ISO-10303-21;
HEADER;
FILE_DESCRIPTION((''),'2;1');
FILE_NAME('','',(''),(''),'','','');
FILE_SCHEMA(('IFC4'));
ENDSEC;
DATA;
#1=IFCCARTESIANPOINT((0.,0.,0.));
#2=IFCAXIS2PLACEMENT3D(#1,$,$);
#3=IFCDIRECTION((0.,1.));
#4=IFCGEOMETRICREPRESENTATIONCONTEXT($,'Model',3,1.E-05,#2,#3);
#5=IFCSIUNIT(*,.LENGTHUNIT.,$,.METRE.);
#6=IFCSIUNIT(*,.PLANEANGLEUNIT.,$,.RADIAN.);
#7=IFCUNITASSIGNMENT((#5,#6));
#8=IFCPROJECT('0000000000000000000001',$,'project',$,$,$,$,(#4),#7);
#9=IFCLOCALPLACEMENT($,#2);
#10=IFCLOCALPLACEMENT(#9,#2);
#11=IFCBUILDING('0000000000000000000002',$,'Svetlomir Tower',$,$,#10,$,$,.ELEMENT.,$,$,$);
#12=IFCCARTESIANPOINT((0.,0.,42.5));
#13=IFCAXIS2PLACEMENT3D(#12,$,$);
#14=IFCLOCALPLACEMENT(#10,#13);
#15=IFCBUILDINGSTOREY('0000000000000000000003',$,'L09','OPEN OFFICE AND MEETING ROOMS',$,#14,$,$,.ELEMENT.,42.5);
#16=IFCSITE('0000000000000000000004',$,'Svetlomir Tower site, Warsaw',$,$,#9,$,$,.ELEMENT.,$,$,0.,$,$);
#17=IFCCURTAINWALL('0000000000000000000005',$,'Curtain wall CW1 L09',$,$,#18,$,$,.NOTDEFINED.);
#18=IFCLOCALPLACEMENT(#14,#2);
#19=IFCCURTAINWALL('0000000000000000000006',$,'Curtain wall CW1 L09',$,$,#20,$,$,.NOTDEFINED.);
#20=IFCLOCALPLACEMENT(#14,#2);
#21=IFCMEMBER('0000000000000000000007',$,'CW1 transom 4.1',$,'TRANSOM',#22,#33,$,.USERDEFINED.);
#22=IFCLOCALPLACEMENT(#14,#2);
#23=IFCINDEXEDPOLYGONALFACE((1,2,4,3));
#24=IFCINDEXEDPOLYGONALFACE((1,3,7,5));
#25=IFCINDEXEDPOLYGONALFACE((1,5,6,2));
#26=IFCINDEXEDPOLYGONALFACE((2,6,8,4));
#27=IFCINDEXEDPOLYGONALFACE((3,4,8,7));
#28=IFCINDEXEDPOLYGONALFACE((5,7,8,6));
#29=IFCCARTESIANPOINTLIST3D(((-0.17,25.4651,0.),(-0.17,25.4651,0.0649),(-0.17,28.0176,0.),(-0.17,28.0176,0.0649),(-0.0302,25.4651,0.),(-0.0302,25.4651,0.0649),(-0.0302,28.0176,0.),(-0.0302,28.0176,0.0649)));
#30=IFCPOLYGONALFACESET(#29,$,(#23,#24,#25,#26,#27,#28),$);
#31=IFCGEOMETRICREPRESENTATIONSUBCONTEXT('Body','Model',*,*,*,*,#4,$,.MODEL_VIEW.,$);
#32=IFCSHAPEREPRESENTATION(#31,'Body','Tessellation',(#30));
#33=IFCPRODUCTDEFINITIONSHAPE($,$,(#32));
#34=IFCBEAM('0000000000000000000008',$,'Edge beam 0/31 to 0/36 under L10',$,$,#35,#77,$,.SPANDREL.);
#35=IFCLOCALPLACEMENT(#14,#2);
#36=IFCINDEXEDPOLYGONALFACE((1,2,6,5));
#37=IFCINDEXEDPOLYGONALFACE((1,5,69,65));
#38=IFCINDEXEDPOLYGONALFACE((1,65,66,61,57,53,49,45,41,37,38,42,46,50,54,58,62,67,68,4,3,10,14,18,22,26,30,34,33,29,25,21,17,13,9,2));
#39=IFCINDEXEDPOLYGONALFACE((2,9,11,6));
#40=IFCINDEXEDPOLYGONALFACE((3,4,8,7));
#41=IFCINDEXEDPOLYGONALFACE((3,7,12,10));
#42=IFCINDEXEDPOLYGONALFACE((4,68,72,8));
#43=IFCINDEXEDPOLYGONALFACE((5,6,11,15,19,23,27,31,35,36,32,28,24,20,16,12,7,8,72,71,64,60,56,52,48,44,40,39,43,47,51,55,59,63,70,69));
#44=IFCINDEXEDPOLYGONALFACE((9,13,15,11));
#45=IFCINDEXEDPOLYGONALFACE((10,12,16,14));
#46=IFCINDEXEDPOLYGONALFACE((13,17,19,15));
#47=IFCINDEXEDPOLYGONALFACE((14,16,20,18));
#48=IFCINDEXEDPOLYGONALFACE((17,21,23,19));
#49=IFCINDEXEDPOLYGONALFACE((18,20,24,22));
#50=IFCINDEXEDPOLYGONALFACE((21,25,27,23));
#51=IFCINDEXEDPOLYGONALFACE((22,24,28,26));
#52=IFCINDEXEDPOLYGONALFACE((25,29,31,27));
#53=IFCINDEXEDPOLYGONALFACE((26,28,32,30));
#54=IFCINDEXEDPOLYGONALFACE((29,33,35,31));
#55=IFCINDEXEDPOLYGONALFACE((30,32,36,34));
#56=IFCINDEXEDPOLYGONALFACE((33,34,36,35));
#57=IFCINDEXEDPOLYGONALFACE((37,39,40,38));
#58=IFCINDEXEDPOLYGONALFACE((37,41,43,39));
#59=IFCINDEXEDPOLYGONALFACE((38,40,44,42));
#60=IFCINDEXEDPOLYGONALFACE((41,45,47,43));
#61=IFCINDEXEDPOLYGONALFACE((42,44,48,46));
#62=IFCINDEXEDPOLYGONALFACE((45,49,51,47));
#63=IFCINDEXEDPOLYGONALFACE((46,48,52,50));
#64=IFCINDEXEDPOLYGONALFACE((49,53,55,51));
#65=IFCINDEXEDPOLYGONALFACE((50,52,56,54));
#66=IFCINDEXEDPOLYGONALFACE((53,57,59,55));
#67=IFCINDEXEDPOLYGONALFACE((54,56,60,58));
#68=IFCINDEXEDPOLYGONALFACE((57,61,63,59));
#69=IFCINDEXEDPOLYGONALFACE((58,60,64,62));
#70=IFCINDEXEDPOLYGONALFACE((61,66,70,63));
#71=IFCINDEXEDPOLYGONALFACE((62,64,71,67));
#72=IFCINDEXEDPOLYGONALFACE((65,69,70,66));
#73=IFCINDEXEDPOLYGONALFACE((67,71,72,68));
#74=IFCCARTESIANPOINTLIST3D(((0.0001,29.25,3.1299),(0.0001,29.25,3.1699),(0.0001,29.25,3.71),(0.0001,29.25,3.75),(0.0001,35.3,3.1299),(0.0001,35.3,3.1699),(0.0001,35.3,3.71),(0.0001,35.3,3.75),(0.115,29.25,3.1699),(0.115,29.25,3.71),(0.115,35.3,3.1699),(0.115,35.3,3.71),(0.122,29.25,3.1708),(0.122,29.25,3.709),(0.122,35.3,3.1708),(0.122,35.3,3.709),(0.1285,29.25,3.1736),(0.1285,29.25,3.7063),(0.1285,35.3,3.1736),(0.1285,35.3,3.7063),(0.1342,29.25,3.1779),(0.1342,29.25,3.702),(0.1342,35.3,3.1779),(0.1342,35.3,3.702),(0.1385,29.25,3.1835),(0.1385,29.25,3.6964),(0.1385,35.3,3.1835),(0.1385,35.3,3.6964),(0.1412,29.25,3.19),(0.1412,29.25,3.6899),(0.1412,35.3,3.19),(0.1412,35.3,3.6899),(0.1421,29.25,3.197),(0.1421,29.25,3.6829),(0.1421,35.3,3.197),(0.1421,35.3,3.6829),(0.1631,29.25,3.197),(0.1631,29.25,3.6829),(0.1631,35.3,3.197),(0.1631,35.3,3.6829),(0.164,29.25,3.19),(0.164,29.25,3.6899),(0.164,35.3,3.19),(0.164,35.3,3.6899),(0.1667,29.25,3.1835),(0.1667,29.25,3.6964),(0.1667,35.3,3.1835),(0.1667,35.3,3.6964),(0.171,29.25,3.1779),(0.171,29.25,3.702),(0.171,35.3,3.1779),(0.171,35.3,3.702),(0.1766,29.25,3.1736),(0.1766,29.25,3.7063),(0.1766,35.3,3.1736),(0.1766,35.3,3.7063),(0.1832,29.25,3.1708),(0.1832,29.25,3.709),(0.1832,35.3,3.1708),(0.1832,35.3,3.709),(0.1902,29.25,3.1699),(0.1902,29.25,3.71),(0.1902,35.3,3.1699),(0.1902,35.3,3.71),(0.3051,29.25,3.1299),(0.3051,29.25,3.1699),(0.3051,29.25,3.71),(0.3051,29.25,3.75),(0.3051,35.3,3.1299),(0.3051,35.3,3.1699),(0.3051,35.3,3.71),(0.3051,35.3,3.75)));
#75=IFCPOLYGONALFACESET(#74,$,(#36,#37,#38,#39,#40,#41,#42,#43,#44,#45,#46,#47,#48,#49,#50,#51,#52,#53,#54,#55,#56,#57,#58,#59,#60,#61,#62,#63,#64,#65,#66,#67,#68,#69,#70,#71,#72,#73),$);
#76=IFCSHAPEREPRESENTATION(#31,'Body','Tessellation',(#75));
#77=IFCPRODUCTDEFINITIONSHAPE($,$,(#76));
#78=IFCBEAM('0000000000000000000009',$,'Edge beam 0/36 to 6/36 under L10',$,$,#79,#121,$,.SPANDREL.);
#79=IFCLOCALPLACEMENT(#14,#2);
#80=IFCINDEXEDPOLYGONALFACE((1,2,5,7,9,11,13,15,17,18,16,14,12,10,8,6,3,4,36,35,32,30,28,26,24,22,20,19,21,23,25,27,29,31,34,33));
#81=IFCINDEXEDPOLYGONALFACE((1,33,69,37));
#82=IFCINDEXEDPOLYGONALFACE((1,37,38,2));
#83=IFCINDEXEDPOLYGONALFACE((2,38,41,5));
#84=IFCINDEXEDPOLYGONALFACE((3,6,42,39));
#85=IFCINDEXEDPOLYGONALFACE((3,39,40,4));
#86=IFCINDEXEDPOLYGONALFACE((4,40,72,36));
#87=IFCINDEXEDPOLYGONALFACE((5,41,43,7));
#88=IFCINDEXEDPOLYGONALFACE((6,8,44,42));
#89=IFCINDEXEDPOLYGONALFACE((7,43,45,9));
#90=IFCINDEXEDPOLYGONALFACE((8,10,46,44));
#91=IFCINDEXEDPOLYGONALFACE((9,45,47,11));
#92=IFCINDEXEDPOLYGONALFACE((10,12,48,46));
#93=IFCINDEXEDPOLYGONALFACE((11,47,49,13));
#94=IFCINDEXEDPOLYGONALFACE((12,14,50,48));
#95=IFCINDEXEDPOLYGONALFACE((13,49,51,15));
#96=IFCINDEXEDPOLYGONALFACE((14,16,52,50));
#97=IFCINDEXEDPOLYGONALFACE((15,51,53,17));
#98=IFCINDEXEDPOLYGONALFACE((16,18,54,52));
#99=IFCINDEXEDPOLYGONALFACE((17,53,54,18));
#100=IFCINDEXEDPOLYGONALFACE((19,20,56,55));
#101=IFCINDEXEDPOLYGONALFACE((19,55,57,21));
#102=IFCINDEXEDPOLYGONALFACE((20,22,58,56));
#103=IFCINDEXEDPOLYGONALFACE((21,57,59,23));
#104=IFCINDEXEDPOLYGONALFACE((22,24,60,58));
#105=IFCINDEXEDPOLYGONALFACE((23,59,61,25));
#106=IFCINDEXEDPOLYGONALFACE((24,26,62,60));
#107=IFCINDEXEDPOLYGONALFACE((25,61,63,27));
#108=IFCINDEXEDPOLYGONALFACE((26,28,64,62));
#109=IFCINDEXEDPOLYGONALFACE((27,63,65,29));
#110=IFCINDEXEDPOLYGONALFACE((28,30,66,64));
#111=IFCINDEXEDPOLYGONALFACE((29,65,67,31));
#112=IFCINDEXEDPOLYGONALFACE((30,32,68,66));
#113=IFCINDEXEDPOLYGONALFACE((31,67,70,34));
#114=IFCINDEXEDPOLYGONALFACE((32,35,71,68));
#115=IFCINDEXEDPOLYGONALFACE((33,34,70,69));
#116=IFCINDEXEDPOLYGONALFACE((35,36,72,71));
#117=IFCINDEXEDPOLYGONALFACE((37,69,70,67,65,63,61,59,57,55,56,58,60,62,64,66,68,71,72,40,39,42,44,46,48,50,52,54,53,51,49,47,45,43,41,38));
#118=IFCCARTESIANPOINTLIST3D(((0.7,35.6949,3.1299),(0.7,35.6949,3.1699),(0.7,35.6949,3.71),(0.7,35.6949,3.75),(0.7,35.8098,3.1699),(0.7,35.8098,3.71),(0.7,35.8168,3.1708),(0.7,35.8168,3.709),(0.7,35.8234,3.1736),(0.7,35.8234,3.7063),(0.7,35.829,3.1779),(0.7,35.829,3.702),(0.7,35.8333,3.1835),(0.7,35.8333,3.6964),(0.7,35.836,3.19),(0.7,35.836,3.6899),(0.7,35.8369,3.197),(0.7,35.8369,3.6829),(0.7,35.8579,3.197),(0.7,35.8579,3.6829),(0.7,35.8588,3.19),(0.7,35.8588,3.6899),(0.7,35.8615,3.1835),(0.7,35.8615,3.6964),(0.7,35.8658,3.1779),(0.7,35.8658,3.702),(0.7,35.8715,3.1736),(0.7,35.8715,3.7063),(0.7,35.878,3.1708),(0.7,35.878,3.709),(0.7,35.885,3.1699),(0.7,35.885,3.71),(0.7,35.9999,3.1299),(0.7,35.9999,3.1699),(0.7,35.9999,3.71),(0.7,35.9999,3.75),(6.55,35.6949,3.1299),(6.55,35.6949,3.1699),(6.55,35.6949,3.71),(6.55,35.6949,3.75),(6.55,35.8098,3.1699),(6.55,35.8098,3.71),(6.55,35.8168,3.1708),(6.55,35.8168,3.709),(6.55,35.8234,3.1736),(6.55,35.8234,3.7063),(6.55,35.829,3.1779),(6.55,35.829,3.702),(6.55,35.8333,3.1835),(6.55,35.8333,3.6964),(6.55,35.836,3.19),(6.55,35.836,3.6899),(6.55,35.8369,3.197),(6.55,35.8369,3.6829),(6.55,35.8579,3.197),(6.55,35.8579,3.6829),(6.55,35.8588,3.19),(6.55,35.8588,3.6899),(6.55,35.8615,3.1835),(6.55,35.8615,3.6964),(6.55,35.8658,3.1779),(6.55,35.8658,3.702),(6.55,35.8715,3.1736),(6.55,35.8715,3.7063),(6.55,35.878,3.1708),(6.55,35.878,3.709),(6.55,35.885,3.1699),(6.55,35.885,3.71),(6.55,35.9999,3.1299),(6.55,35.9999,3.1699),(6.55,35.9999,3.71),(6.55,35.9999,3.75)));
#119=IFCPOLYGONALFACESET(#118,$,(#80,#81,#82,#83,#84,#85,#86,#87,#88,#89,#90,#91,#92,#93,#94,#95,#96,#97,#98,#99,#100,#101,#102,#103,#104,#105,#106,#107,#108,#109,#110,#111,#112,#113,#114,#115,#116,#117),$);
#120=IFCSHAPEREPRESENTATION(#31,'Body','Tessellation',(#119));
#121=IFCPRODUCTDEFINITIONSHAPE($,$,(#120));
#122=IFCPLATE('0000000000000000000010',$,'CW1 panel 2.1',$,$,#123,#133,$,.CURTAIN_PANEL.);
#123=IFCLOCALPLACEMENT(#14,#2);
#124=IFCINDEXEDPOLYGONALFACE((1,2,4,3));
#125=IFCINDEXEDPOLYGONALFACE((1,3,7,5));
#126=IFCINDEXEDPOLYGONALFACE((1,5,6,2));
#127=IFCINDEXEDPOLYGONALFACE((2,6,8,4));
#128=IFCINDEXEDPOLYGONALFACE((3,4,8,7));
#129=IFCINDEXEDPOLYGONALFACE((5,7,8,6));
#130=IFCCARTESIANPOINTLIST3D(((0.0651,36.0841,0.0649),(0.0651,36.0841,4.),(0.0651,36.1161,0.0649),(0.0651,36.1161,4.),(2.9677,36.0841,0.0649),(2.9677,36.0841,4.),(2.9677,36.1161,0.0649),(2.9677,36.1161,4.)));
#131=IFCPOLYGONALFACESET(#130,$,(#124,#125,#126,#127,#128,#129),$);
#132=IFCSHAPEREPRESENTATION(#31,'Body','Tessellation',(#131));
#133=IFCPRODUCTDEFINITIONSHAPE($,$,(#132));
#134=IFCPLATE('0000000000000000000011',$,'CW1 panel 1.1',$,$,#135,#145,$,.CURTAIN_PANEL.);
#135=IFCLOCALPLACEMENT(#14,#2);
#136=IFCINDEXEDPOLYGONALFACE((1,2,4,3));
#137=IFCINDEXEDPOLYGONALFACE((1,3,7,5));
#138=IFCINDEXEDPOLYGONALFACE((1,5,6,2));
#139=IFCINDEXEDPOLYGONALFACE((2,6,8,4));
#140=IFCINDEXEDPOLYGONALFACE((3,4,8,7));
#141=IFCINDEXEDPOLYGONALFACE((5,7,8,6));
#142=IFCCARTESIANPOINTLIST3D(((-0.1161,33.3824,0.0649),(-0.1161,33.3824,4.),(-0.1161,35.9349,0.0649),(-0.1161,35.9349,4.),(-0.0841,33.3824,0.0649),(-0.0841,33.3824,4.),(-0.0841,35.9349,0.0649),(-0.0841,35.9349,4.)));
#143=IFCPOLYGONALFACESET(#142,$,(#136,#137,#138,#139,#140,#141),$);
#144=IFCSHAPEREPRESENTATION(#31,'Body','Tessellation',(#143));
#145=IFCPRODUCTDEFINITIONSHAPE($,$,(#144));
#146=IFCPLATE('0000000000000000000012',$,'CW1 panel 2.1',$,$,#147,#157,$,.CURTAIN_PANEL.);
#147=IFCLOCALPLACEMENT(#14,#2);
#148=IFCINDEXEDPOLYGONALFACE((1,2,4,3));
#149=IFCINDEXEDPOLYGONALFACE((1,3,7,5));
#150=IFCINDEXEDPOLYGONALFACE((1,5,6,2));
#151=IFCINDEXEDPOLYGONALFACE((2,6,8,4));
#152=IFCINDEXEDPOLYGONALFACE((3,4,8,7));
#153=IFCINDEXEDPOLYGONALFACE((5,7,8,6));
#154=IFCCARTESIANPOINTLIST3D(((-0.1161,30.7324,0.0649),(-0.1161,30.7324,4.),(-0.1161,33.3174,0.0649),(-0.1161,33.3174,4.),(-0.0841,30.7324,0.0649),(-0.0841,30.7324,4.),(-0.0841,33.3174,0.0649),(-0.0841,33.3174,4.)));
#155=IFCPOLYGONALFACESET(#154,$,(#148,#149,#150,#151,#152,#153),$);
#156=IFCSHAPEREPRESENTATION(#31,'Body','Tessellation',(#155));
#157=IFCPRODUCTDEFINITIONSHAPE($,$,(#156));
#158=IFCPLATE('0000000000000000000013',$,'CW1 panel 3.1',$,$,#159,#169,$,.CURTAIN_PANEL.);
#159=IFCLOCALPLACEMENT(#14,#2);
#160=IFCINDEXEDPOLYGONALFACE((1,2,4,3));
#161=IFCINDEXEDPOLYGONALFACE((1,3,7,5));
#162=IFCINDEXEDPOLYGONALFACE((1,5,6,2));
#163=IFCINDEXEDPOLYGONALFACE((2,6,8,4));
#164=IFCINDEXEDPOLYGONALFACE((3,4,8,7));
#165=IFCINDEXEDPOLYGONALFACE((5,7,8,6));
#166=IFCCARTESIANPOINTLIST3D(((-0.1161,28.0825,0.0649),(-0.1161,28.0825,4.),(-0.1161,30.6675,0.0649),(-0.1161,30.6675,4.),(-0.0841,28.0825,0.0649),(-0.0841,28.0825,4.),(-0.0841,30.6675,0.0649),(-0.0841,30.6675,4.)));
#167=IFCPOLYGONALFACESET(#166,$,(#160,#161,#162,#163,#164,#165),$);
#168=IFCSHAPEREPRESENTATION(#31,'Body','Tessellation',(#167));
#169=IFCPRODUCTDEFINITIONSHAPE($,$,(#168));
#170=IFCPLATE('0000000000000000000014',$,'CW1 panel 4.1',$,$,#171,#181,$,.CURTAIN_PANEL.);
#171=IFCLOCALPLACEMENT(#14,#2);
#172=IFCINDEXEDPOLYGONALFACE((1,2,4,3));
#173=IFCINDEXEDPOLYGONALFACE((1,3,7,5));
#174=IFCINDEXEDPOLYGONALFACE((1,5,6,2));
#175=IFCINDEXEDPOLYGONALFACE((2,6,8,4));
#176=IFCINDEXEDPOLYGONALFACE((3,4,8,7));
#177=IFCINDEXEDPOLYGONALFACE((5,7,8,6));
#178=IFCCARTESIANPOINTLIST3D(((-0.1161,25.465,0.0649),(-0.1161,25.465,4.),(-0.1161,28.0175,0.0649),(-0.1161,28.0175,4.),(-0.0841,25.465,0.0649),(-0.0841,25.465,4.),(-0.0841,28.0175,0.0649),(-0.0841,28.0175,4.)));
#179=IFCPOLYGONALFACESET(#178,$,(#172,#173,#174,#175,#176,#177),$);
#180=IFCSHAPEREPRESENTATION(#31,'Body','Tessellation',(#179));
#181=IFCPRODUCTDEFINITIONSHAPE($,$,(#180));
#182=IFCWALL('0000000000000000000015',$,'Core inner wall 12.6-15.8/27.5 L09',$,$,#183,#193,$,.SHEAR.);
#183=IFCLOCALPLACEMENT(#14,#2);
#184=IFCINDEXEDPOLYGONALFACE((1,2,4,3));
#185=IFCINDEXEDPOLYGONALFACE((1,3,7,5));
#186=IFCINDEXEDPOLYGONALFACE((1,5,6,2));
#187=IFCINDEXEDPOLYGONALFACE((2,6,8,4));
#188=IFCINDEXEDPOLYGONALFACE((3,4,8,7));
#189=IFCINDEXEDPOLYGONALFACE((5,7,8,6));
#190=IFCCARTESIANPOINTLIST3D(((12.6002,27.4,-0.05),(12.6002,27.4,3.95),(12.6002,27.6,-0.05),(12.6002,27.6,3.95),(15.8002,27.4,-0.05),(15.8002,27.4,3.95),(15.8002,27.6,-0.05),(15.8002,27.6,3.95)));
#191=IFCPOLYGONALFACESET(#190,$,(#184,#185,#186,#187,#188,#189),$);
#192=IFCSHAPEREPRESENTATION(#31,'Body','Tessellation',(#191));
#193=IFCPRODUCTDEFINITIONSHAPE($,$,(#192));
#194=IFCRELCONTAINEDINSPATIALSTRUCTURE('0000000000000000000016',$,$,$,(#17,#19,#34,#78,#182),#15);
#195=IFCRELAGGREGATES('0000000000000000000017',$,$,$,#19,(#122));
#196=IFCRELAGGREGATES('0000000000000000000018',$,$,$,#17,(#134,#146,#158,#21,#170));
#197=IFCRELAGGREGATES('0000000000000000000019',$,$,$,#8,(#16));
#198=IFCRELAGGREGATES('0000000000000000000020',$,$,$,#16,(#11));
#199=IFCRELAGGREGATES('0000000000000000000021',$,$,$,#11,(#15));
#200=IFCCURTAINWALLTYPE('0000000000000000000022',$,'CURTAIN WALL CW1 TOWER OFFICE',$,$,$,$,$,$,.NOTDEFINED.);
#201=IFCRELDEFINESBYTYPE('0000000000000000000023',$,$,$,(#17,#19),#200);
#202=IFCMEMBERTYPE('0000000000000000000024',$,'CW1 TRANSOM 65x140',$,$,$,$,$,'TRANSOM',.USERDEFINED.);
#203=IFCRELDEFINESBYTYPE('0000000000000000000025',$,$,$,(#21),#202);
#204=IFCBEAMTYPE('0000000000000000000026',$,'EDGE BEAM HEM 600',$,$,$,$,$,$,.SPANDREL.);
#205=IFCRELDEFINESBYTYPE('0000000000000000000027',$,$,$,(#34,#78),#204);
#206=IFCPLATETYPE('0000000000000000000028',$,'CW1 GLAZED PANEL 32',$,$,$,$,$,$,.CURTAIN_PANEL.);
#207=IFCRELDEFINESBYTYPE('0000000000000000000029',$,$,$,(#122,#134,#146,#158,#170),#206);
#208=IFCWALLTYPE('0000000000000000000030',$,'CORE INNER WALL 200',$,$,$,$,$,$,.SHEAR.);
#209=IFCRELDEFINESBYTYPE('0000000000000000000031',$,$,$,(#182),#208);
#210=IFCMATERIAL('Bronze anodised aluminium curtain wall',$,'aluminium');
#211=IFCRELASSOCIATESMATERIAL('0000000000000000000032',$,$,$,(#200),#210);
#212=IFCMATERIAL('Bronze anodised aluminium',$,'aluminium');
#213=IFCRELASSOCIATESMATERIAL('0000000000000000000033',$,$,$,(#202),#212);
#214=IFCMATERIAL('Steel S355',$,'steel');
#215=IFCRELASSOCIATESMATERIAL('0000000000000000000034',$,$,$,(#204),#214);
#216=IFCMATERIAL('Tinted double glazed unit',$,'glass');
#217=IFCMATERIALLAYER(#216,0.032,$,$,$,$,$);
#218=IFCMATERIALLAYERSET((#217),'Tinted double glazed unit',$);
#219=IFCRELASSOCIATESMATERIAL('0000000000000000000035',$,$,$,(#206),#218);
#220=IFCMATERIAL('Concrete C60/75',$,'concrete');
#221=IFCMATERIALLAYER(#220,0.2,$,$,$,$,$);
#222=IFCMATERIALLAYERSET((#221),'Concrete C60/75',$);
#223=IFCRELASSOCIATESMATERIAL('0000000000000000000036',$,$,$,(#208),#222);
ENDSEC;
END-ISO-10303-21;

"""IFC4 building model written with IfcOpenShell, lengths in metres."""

from ifc_helpers import new_model, si_unit, direction, frame, frame_2d, origin, origin_2d, place, context, subcontext, project, spatial, rectangle, i_section, extrude, material, layer, layer_set, material_profile, profile_set, type_object, element, aggregate, save


model = new_model("IFC4")

# Units and contexts
model_context = context("Model", 3, precision=1e-05, world=origin(), true_north=direction((0.0, 1.0)))
body_context = subcontext(model_context, "Body", "Model", "MODEL_VIEW")
ifc_project = project(units=[si_unit("LENGTHUNIT", "METRE"), si_unit("PLANEANGLEUNIT", "RADIAN")], contexts=[model_context])

# Site, building, storey
site_placement = place(None, origin())
site = spatial("IfcSite", under=ifc_project, at=site_placement, Name="Svetlomir Tower site, Warsaw", CompositionType="ELEMENT", RefElevation=0.0)
building_placement = place(site_placement, origin())
building = spatial("IfcBuilding", under=site, at=building_placement, Name="Svetlomir Tower", CompositionType="ELEMENT")
storey_placement = place(building_placement, frame((0.0, 0.0, 42.5)))
storey = spatial("IfcBuildingStorey", under=building, at=storey_placement, Name="L09", Description="OPEN OFFICE AND MEETING ROOMS", CompositionType="ELEMENT", Elevation=42.5)

# Curtain walls
ifc_material_1 = material(Name="Bronze anodised aluminium curtain wall", Category="aluminium")
curtain_wall_type = type_object("IfcCurtainWallType", Name="CURTAIN WALL CW1 TOWER OFFICE", PredefinedType="NOTDEFINED", material=ifc_material_1)
curtain_wall_1_placement = place(storey_placement, origin())
curtain_wall_1 = element("IfcCurtainWall", 1, at=curtain_wall_1_placement, inside=storey, type_object=curtain_wall_type, Name="Curtain wall CW1 L09", PredefinedType="NOTDEFINED")
curtain_wall_2_placement = place(storey_placement, origin())
curtain_wall_2 = element("IfcCurtainWall", 2, at=curtain_wall_2_placement, inside=storey, type_object=curtain_wall_type, Name="Curtain wall CW1 L09", PredefinedType="NOTDEFINED")

# Member
ifc_material_2 = material(Name="Bronze anodised aluminium", Category="aluminium")
ifc_material_profile_1 = material_profile(ifc_material_2, rectangle(XDim=0.1399, YDim=0.0649, at=origin_2d()), Name="AL 140x65")
ifc_profile_set_1 = profile_set([ifc_material_profile_1], Name="Bronze anodised aluminium 6063-T6")
member_type_1 = type_object("IfcMemberType", Name="CW1 TRANSOM 65x140", ElementType="TRANSOM", PredefinedType="USERDEFINED", material=ifc_profile_set_1)
member_1_placement = place(storey_placement, frame((-0.1001, 28.0176, 0.0325), z_axis=(0.0, -1.0, 0.0), x_axis=(1.0, 0.0, 0.0)))
member_1 = element("IfcMember", 3, at=member_1_placement, type_object=member_type_1, Name="CW1 transom 4.1", ObjectType="TRANSOM", PredefinedType="USERDEFINED", context=body_context, shape_type="SweptSolid", body=[
    extrude(rectangle(XDim=0.1399, YDim=0.0649, at=origin_2d()), origin(), (0.0, 0.0, 1.0), 2.5525),
])

# Beams
ifc_material_3 = material(Name="Steel S355", Category="steel")
ifc_material_profile_2 = material_profile(ifc_material_3, i_section(OverallWidth=0.3049, OverallDepth=0.6201, WebThickness=0.021, FlangeThickness=0.04, FilletRadius=0.0271, at=origin_2d()), Name="HEM 600")
ifc_profile_set_2 = profile_set([ifc_material_profile_2], Name="Steel S355")
beam_type = type_object("IfcBeamType", Name="EDGE BEAM HEM 600", PredefinedType="SPANDREL", material=ifc_profile_set_2)
beam_1_placement = place(storey_placement, frame((0.1526, 29.25, 3.4399), z_axis=(0.0, 1.0, 0.0), x_axis=(-1.0, 0.0, 0.0)))
element("IfcBeam", 4, at=beam_1_placement, inside=storey, type_object=beam_type, Name="Edge beam 0/31 to 0/36 under L10", PredefinedType="SPANDREL", context=body_context, shape_type="SweptSolid", body=[
    extrude(i_section(OverallWidth=0.3049, OverallDepth=0.6201, WebThickness=0.021, FlangeThickness=0.04, FilletRadius=0.0271, at=origin_2d()), origin(), (0.0, 0.0, 1.0), 6.05),
])
beam_2_placement = place(storey_placement, frame((0.7, 35.8474, 3.4399), z_axis=(1.0, 0.0, 0.0), x_axis=(0.0, 1.0, 0.0)))
element("IfcBeam", 5, at=beam_2_placement, inside=storey, type_object=beam_type, Name="Edge beam 0/36 to 6/36 under L10", PredefinedType="SPANDREL", context=body_context, shape_type="SweptSolid", body=[
    extrude(i_section(OverallWidth=0.3049, OverallDepth=0.6201, WebThickness=0.021, FlangeThickness=0.04, FilletRadius=0.0271, at=origin_2d()), origin(), (0.0, 0.0, 1.0), 5.8501),
])

# Plates
ifc_material_4 = material(Name="Tinted double glazed unit", Category="glass")
ifc_layer_1 = layer(ifc_material_4, 0.032)
ifc_layer_set_1 = layer_set([ifc_layer_1], Name="Tinted double glazed unit")
plate_type = type_object("IfcPlateType", Name="CW1 GLAZED PANEL 32", PredefinedType="CURTAIN_PANEL", material=ifc_layer_set_1)
plate_1_placement = place(storey_placement, frame((1.5164, 36.1001, 0.0649), z_axis=(0.0, 0.0, 1.0), x_axis=(-1.0, 0.0, 0.0)))
plate_1 = element("IfcPlate", 6, at=plate_1_placement, type_object=plate_type, Name="CW1 panel 2.1", PredefinedType="CURTAIN_PANEL", context=body_context, shape_type="SweptSolid", body=[
    extrude(rectangle(XDim=2.9026, YDim=0.032, at=origin_2d()), origin(), (0.0, 0.0, 1.0), 3.9351),
])
aggregate(curtain_wall_2, [plate_1])
plate_2_placement = place(storey_placement, frame((-0.1001, 34.6587, 0.0649), z_axis=(0.0, 0.0, 1.0), x_axis=(0.0, -1.0, 0.0)))
plate_2 = element("IfcPlate", 7, at=plate_2_placement, type_object=plate_type, Name="CW1 panel 1.1", PredefinedType="CURTAIN_PANEL", context=body_context, shape_type="SweptSolid", body=[
    extrude(rectangle(XDim=2.5525, YDim=0.032, at=origin_2d()), origin(), (0.0, 0.0, 1.0), 3.9351),
])
plate_3_placement = place(storey_placement, frame((-0.1001, 32.0249, 0.0649), z_axis=(0.0, 0.0, 1.0), x_axis=(0.0, -1.0, 0.0)))
plate_3 = element("IfcPlate", 8, at=plate_3_placement, type_object=plate_type, Name="CW1 panel 2.1", PredefinedType="CURTAIN_PANEL", context=body_context, shape_type="SweptSolid", body=[
    extrude(rectangle(XDim=2.585, YDim=0.032, at=origin_2d()), origin(), (0.0, 0.0, 1.0), 3.9351),
])
plate_4_placement = place(storey_placement, frame((-0.1001, 29.375, 0.0649), z_axis=(0.0, 0.0, 1.0), x_axis=(0.0, -1.0, 0.0)))
plate_4 = element("IfcPlate", 9, at=plate_4_placement, type_object=plate_type, Name="CW1 panel 3.1", PredefinedType="CURTAIN_PANEL", context=body_context, shape_type="SweptSolid", body=[
    extrude(rectangle(XDim=2.585, YDim=0.032, at=origin_2d()), origin(), (0.0, 0.0, 1.0), 3.9351),
])
plate_5_placement = place(storey_placement, frame((-0.1001, 26.7412, 0.0649), z_axis=(0.0, 0.0, 1.0), x_axis=(0.0, -1.0, 0.0)))
plate_5 = element("IfcPlate", 10, at=plate_5_placement, type_object=plate_type, Name="CW1 panel 4.1", PredefinedType="CURTAIN_PANEL", context=body_context, shape_type="SweptSolid", body=[
    extrude(rectangle(XDim=2.5525, YDim=0.032, at=origin_2d()), origin(), (0.0, 0.0, 1.0), 3.9351),
])
aggregate(curtain_wall_1, [plate_2, plate_3, plate_4, member_1, plate_5])

# Wall
ifc_material_5 = material(Name="Concrete C60/75", Category="concrete")
ifc_layer_2 = layer(ifc_material_5, 0.2)
ifc_layer_set_2 = layer_set([ifc_layer_2], Name="Concrete C60/75")
wall_type_1 = type_object("IfcWallType", Name="CORE INNER WALL 200", PredefinedType="SHEAR", material=ifc_layer_set_2)
wall_1_placement = place(storey_placement, frame((12.6001, 27.5, -0.05), z_axis=(0.0, 0.0, 1.0), x_axis=(1.0, 0.0, 0.0)))
element("IfcWall", 11, at=wall_1_placement, inside=storey, type_object=wall_type_1, Name="Core inner wall 12.6-15.8/27.5 L09", PredefinedType="SHEAR", context=body_context, shape_type="SweptSolid", body=[
    extrude(rectangle(XDim=3.2, YDim=0.2, at=frame_2d((1.6001, 0.0))), origin(), (0.0, 0.0, 1.0), 4.0),
])

save(model, "model.ifc")
